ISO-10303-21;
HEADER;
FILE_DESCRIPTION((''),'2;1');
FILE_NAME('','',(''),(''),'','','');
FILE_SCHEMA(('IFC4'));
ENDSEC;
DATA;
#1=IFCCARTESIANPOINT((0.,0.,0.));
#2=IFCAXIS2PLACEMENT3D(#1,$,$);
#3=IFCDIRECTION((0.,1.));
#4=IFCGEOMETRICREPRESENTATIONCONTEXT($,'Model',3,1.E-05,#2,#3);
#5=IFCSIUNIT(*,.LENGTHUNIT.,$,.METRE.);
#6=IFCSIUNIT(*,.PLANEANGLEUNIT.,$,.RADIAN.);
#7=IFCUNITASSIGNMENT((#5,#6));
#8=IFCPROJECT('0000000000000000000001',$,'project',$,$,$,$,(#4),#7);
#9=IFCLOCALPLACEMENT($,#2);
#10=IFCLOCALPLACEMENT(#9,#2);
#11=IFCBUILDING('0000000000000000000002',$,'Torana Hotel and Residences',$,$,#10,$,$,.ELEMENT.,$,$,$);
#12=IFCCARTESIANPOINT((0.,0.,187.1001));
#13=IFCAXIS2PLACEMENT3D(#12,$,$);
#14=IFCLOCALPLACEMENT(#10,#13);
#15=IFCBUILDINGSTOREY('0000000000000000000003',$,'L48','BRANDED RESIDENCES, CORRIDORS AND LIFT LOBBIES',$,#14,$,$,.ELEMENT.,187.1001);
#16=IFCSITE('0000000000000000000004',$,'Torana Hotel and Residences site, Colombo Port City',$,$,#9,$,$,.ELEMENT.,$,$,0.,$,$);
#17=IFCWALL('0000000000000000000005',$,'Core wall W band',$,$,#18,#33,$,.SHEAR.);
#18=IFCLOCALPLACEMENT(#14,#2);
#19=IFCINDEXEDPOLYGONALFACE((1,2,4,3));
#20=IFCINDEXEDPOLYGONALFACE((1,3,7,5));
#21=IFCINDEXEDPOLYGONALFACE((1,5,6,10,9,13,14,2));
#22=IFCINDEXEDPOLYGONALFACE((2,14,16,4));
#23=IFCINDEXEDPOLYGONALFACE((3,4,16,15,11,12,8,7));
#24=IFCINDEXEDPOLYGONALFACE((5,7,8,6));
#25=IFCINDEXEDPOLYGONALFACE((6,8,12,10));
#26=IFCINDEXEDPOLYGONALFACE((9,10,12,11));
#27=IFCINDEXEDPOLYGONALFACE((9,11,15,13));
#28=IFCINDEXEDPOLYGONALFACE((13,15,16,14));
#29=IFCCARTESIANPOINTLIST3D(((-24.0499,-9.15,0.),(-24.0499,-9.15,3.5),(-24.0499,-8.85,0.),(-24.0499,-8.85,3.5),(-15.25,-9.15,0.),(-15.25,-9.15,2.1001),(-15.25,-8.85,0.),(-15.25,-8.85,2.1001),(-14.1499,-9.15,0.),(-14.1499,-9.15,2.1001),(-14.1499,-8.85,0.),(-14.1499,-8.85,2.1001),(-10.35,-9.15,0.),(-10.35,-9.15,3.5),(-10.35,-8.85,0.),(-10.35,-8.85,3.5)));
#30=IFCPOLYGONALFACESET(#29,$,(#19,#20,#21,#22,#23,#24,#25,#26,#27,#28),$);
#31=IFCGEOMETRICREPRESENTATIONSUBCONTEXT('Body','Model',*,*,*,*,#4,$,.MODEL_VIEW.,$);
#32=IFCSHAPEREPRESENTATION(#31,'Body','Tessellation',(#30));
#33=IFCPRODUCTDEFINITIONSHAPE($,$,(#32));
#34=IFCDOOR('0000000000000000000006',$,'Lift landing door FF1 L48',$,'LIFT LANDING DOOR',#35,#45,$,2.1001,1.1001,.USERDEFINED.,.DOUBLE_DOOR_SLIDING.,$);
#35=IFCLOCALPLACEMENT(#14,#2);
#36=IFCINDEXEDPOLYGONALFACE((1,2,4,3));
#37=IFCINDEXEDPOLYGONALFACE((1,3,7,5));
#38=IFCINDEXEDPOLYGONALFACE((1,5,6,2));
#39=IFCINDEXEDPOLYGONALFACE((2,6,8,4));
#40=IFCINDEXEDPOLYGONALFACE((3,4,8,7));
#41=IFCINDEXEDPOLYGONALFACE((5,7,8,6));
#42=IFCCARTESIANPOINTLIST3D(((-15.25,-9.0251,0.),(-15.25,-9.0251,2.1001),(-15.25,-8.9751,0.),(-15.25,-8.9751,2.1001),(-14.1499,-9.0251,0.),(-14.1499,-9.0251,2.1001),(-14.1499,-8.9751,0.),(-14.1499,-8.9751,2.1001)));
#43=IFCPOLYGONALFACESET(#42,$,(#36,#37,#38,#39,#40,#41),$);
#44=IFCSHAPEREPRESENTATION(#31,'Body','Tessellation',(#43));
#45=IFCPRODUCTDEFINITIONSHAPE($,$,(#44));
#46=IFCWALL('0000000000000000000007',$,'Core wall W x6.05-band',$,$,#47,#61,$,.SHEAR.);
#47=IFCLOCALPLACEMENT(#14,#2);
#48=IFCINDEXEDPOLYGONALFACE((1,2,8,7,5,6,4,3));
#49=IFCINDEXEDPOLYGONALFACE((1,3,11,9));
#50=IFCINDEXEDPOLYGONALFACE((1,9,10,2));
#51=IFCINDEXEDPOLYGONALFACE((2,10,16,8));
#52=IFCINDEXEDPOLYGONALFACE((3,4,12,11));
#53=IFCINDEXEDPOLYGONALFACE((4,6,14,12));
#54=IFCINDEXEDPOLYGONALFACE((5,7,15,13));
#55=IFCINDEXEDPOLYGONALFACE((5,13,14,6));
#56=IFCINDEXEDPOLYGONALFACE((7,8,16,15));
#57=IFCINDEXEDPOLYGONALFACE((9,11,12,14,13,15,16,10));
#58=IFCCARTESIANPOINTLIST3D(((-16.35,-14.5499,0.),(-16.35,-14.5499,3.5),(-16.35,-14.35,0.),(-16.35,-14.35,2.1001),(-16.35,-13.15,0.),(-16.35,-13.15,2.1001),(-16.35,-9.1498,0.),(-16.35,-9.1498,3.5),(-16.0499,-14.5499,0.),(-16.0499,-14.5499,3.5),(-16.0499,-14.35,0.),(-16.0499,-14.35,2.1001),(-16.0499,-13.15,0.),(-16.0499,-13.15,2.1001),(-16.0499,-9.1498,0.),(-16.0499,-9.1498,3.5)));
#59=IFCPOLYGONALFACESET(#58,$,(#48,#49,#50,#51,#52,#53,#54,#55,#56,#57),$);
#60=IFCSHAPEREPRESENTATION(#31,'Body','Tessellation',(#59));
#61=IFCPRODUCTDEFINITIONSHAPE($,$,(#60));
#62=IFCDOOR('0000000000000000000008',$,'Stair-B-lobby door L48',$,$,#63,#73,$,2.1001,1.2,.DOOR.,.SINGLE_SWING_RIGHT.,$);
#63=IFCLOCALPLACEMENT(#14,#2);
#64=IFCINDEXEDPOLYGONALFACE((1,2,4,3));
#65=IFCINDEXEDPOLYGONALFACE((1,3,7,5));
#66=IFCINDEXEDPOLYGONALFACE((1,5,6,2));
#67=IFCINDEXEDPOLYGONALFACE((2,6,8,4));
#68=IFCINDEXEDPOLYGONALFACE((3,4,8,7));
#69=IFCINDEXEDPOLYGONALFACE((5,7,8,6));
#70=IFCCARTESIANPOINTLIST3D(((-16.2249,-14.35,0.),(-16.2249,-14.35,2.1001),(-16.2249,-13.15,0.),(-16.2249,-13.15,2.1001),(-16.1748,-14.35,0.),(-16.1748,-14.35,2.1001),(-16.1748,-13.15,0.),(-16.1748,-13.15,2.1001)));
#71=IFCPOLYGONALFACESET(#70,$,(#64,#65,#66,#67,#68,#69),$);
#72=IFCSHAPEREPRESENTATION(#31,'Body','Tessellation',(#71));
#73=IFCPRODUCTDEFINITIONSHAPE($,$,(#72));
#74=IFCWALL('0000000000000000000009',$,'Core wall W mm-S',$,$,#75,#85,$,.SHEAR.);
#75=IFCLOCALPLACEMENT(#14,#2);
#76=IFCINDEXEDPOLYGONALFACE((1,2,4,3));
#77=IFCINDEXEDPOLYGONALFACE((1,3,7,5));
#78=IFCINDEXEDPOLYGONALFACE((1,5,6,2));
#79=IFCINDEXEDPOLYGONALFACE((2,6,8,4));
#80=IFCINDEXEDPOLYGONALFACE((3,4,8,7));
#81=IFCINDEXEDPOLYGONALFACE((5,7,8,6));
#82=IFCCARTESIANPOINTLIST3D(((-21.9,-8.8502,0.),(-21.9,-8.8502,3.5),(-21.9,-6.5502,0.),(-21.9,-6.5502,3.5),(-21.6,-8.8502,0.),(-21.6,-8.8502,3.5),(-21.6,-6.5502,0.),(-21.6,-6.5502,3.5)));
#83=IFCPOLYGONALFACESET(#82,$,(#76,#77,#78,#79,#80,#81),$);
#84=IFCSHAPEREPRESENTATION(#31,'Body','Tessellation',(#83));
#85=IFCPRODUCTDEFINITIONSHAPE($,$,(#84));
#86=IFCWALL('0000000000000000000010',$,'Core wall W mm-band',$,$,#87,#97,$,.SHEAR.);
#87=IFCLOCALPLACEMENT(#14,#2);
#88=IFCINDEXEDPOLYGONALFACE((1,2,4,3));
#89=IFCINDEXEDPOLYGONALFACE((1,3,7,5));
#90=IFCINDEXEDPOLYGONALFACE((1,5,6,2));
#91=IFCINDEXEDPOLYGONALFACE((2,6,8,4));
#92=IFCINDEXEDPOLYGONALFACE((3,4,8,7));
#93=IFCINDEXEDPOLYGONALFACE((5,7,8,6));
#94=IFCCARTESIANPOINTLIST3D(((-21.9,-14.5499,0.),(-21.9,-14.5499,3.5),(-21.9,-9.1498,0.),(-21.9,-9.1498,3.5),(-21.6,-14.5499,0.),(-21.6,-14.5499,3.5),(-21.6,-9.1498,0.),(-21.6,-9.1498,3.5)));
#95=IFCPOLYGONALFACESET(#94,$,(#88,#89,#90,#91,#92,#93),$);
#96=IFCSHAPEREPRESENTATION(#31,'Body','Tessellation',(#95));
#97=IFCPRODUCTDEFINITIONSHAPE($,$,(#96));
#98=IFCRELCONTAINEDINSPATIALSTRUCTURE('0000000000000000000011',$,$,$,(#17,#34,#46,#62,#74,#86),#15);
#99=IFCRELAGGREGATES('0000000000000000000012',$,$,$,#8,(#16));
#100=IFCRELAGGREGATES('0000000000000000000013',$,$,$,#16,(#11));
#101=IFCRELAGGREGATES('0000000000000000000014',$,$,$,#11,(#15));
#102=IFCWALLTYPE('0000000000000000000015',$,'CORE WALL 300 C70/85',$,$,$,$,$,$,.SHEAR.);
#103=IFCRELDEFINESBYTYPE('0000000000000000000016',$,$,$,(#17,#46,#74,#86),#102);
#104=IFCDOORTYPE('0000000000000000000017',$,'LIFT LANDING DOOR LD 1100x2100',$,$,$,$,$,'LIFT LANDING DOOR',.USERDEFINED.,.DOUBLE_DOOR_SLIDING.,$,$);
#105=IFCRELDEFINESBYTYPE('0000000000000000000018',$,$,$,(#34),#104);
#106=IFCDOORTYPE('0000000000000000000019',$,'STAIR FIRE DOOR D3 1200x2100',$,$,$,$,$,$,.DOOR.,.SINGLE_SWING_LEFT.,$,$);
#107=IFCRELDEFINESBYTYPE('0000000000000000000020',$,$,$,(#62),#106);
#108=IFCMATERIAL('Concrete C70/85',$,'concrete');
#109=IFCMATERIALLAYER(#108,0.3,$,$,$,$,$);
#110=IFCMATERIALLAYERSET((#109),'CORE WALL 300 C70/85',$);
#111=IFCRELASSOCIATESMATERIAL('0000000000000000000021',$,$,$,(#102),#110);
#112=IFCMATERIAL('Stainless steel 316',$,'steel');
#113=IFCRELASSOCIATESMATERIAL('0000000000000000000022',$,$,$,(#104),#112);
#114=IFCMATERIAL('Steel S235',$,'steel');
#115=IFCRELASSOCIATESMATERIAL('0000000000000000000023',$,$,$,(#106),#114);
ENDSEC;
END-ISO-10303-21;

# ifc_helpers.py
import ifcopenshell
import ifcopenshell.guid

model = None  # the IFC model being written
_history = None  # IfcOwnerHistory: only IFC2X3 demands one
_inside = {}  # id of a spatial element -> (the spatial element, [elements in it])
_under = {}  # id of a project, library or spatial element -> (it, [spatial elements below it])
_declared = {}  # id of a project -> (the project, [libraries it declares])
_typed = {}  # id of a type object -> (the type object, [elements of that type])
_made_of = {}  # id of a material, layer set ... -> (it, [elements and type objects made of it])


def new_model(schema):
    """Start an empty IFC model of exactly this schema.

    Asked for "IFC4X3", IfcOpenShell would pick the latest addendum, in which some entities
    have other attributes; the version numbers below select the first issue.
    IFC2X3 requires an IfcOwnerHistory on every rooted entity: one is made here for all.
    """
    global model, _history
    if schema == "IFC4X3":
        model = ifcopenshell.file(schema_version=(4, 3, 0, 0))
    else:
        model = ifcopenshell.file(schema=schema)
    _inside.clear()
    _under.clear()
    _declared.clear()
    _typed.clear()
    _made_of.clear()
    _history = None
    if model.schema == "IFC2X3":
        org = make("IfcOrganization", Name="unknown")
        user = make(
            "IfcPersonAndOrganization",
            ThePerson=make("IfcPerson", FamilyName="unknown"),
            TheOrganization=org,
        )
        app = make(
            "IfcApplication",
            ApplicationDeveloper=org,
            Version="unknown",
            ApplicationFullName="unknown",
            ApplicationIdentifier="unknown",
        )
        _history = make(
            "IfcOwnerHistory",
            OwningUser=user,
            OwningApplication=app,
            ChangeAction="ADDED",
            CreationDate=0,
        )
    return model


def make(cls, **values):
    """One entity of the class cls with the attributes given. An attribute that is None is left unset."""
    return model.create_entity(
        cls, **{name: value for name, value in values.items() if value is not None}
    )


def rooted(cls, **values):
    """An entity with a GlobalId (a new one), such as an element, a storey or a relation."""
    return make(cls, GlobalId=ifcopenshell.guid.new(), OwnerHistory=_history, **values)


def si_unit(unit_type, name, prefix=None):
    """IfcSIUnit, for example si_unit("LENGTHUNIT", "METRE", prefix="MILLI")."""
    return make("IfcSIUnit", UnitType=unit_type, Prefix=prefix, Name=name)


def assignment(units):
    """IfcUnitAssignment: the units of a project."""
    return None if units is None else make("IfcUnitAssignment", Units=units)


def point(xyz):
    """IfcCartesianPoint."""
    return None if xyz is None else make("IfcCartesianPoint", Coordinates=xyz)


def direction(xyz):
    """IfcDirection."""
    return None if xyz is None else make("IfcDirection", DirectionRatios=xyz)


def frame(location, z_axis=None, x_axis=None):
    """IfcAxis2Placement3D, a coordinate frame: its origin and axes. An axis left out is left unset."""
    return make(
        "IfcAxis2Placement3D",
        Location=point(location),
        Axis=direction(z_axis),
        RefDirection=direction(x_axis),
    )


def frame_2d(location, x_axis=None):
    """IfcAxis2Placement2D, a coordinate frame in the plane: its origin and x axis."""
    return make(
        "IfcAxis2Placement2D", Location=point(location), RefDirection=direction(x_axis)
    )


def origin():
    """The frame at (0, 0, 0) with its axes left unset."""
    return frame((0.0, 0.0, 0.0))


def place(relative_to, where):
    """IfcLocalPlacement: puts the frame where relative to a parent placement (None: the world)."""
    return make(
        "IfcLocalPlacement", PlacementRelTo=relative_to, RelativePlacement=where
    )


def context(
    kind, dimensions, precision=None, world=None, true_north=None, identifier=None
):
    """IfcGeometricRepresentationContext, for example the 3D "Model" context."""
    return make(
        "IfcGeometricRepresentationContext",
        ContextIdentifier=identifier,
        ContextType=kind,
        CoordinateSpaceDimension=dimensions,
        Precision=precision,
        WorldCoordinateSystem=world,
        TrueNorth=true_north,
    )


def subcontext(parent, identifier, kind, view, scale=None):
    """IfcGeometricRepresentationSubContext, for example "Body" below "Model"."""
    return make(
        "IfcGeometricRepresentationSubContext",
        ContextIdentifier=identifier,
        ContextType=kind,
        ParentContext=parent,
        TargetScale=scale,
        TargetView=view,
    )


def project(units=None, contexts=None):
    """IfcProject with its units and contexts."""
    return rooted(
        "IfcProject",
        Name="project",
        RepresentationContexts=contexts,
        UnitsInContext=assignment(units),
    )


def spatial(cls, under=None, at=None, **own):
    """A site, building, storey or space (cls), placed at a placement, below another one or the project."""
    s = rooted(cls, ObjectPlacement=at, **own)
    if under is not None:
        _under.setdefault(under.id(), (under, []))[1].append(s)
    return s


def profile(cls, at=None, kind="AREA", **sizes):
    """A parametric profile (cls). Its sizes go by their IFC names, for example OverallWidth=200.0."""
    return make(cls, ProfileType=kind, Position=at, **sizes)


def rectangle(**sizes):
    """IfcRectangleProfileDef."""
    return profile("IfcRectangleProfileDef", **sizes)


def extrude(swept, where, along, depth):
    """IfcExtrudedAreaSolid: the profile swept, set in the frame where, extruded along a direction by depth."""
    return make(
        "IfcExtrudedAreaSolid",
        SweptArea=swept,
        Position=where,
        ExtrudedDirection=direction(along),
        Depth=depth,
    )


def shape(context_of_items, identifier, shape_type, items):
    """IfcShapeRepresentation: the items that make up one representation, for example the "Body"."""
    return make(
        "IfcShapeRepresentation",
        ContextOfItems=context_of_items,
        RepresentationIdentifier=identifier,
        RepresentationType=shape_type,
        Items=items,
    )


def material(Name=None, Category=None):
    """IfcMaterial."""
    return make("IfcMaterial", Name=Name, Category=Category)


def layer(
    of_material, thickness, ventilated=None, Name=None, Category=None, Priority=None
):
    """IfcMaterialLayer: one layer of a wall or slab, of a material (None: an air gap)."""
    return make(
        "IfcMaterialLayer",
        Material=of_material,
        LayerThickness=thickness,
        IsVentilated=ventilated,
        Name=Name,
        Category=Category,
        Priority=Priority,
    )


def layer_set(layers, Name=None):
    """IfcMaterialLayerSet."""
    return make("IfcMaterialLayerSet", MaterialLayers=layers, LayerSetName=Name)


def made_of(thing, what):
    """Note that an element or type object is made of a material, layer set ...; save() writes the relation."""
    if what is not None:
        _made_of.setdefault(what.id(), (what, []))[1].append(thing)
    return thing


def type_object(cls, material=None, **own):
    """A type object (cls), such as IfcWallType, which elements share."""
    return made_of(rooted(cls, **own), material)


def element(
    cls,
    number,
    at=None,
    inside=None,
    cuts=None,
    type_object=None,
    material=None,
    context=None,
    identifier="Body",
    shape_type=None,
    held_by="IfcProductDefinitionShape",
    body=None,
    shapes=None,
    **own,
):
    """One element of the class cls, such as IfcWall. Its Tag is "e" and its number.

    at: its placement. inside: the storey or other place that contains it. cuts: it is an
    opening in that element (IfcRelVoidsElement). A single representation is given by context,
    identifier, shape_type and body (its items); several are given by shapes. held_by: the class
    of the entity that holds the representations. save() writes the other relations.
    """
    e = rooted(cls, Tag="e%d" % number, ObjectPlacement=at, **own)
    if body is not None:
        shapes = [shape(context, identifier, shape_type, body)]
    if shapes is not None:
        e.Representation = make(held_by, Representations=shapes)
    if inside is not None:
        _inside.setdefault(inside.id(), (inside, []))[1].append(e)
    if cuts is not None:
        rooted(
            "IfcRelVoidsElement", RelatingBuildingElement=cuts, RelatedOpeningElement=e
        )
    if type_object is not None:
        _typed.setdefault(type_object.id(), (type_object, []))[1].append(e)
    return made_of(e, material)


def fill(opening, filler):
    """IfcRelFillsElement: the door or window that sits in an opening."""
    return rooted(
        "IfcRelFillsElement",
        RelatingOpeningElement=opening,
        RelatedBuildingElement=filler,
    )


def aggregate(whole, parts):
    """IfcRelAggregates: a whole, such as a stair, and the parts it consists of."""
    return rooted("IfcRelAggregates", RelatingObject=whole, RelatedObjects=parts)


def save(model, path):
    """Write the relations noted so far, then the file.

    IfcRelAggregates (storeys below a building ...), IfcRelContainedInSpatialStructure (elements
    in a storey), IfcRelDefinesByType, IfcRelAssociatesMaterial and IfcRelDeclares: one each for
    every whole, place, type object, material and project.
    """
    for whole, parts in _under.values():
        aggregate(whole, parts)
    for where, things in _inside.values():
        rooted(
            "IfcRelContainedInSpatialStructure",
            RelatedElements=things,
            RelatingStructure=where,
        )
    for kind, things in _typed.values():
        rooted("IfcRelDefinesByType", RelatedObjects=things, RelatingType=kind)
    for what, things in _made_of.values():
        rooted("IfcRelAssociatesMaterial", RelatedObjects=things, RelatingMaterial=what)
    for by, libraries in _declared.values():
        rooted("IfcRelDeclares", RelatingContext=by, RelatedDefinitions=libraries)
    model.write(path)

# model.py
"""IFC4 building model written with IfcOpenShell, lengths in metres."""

from ifc_helpers import new_model, si_unit, direction, frame, frame_2d, origin, place, context, subcontext, project, spatial, rectangle, extrude, material, layer, layer_set, type_object, element, fill, save


model = new_model("IFC4")

# Units and contexts
model_context = context("Model", 3, precision=1e-05, world=origin(), true_north=direction((0.0, 1.0)))
body_context = subcontext(model_context, "Body", "Model", "MODEL_VIEW")
ifc_project = project(units=[si_unit("LENGTHUNIT", "METRE"), si_unit("PLANEANGLEUNIT", "RADIAN")], contexts=[model_context])

# Site, building, storey
site_placement = place(None, origin())
site = spatial("IfcSite", under=ifc_project, at=site_placement, Name="Torana Hotel and Residences site, Colombo Port City", CompositionType="ELEMENT", RefElevation=0.0)
building_placement = place(site_placement, origin())
building = spatial("IfcBuilding", under=site, at=building_placement, Name="Torana Hotel and Residences", CompositionType="ELEMENT")
storey_placement = place(building_placement, frame((0.0, 0.0, 187.1001)))
storey = spatial("IfcBuildingStorey", under=building, at=storey_placement, Name="L48", Description="BRANDED RESIDENCES, CORRIDORS AND LIFT LOBBIES", CompositionType="ELEMENT", Elevation=187.1001)

# Walls, openings, doors
ifc_material_1 = material(Name="Concrete C70/85", Category="concrete")
ifc_layer_1 = layer(ifc_material_1, 0.3)
ifc_layer_set_1 = layer_set([ifc_layer_1], Name="CORE WALL 300 C70/85")
wall_type_1 = type_object("IfcWallType", Name="CORE WALL 300 C70/85", PredefinedType="SHEAR", material=ifc_layer_set_1)
wall_1_placement = place(storey_placement, frame((-24.05, -9.0, 0.0), z_axis=(0.0, 0.0, 1.0), x_axis=(1.0, 0.0, 0.0)))
wall_1 = element("IfcWall", 1, at=wall_1_placement, inside=storey, type_object=wall_type_1, Name="Core wall W band", PredefinedType="SHEAR", context=body_context, shape_type="SweptSolid", body=[
    extrude(rectangle(XDim=13.7, YDim=0.3, at=frame_2d((6.8501, 0.0))), origin(), (0.0, 0.0, 1.0), 3.5),
])
opening_1_placement = place(wall_1_placement, frame((8.8, 0.0, 0.0)))
opening_1 = element("IfcOpeningElement", 2, at=opening_1_placement, cuts=wall_1, PredefinedType="OPENING", context=body_context, shape_type="SweptSolid", body=[
    extrude(rectangle(XDim=1.1001, YDim=2.1001, at=frame_2d((0.55, 1.05))), frame((0.0, 0.1599, 0.0), z_axis=(0.0, -1.0, 0.0), x_axis=(1.0, 0.0, 0.0)), (0.0, 0.0, 1.0), 0.3201),
])
ifc_material_2 = material(Name="Stainless steel 316", Category="steel")
door_type_1 = type_object("IfcDoorType", Name="LIFT LANDING DOOR LD 1100x2100", ElementType="LIFT LANDING DOOR", OperationType="DOUBLE_DOOR_SLIDING", PredefinedType="USERDEFINED", material=ifc_material_2)
door_1_placement = place(opening_1_placement, origin())
door_1 = element("IfcDoor", 3, at=door_1_placement, inside=storey, type_object=door_type_1, Name="Lift landing door FF1 L48", ObjectType="LIFT LANDING DOOR", OperationType="DOUBLE_DOOR_SLIDING", OverallHeight=2.1001, OverallWidth=1.1001, PredefinedType="USERDEFINED", context=body_context, shape_type="SweptSolid", body=[
    extrude(rectangle(XDim=1.1001, YDim=2.1001, at=frame_2d((0.55, 1.05))), frame((0.0, 0.0249, 0.0), z_axis=(0.0, -1.0, 0.0), x_axis=(1.0, 0.0, 0.0)), (0.0, 0.0, 1.0), 0.05),
])
fill(opening_1, door_1)
wall_2_placement = place(storey_placement, frame((-16.2, -14.55, 0.0), z_axis=(0.0, 0.0, 1.0), x_axis=(0.0, 1.0, 0.0)))
wall_2 = element("IfcWall", 4, at=wall_2_placement, inside=storey, type_object=wall_type_1, Name="Core wall W x6.05-band", PredefinedType="SHEAR", context=body_context, shape_type="SweptSolid", body=[
    extrude(rectangle(XDim=5.4001, YDim=0.3, at=frame_2d((2.7002, 0.0))), origin(), (0.0, 0.0, 1.0), 3.5),
])
opening_2_placement = place(wall_2_placement, frame((0.2, 0.0, 0.0)))
opening_2 = element("IfcOpeningElement", 5, at=opening_2_placement, cuts=wall_2, PredefinedType="OPENING", context=body_context, shape_type="SweptSolid", body=[
    extrude(rectangle(XDim=1.2, YDim=2.1001, at=frame_2d((0.6001, 1.05))), frame((0.0, 0.1599, 0.0), z_axis=(0.0, -1.0, 0.0), x_axis=(1.0, 0.0, 0.0)), (0.0, 0.0, 1.0), 0.3201),
])
ifc_material_3 = material(Name="Steel S235", Category="steel")
door_type_2 = type_object("IfcDoorType", Name="STAIR FIRE DOOR D3 1200x2100", OperationType="SINGLE_SWING_LEFT", PredefinedType="DOOR", material=ifc_material_3)
door_2_placement = place(opening_2_placement, origin())
door_2 = element("IfcDoor", 6, at=door_2_placement, inside=storey, type_object=door_type_2, Name="Stair-B-lobby door L48", OperationType="SINGLE_SWING_RIGHT", OverallHeight=2.1001, OverallWidth=1.2, PredefinedType="DOOR", context=body_context, shape_type="SweptSolid", body=[
    extrude(rectangle(XDim=1.2, YDim=2.1001, at=frame_2d((0.6001, 1.05))), frame((0.0, 0.0249, 0.0), z_axis=(0.0, -1.0, 0.0), x_axis=(1.0, 0.0, 0.0)), (0.0, 0.0, 1.0), 0.05),
])
fill(opening_2, door_2)

# Walls
wall_3_placement = place(storey_placement, frame((-21.75, -8.8501, 0.0), z_axis=(0.0, 0.0, 1.0), x_axis=(0.0, 1.0, 0.0)))
element("IfcWall", 7, at=wall_3_placement, inside=storey, type_object=wall_type_1, Name="Core wall W mm-S", PredefinedType="SHEAR", context=body_context, shape_type="SweptSolid", body=[
    extrude(rectangle(XDim=2.3, YDim=0.3, at=frame_2d((1.1499, 0.0))), origin(), (0.0, 0.0, 1.0), 3.5),
])
wall_4_placement = place(storey_placement, frame((-21.75, -14.55, 0.0), z_axis=(0.0, 0.0, 1.0), x_axis=(0.0, 1.0, 0.0)))
element("IfcWall", 8, at=wall_4_placement, inside=storey, type_object=wall_type_1, Name="Core wall W mm-band", PredefinedType="SHEAR", context=body_context, shape_type="SweptSolid", body=[
    extrude(rectangle(XDim=5.4001, YDim=0.3, at=frame_2d((2.7002, 0.0))), origin(), (0.0, 0.0, 1.0), 3.5),
])

save(model, "model.ifc")
